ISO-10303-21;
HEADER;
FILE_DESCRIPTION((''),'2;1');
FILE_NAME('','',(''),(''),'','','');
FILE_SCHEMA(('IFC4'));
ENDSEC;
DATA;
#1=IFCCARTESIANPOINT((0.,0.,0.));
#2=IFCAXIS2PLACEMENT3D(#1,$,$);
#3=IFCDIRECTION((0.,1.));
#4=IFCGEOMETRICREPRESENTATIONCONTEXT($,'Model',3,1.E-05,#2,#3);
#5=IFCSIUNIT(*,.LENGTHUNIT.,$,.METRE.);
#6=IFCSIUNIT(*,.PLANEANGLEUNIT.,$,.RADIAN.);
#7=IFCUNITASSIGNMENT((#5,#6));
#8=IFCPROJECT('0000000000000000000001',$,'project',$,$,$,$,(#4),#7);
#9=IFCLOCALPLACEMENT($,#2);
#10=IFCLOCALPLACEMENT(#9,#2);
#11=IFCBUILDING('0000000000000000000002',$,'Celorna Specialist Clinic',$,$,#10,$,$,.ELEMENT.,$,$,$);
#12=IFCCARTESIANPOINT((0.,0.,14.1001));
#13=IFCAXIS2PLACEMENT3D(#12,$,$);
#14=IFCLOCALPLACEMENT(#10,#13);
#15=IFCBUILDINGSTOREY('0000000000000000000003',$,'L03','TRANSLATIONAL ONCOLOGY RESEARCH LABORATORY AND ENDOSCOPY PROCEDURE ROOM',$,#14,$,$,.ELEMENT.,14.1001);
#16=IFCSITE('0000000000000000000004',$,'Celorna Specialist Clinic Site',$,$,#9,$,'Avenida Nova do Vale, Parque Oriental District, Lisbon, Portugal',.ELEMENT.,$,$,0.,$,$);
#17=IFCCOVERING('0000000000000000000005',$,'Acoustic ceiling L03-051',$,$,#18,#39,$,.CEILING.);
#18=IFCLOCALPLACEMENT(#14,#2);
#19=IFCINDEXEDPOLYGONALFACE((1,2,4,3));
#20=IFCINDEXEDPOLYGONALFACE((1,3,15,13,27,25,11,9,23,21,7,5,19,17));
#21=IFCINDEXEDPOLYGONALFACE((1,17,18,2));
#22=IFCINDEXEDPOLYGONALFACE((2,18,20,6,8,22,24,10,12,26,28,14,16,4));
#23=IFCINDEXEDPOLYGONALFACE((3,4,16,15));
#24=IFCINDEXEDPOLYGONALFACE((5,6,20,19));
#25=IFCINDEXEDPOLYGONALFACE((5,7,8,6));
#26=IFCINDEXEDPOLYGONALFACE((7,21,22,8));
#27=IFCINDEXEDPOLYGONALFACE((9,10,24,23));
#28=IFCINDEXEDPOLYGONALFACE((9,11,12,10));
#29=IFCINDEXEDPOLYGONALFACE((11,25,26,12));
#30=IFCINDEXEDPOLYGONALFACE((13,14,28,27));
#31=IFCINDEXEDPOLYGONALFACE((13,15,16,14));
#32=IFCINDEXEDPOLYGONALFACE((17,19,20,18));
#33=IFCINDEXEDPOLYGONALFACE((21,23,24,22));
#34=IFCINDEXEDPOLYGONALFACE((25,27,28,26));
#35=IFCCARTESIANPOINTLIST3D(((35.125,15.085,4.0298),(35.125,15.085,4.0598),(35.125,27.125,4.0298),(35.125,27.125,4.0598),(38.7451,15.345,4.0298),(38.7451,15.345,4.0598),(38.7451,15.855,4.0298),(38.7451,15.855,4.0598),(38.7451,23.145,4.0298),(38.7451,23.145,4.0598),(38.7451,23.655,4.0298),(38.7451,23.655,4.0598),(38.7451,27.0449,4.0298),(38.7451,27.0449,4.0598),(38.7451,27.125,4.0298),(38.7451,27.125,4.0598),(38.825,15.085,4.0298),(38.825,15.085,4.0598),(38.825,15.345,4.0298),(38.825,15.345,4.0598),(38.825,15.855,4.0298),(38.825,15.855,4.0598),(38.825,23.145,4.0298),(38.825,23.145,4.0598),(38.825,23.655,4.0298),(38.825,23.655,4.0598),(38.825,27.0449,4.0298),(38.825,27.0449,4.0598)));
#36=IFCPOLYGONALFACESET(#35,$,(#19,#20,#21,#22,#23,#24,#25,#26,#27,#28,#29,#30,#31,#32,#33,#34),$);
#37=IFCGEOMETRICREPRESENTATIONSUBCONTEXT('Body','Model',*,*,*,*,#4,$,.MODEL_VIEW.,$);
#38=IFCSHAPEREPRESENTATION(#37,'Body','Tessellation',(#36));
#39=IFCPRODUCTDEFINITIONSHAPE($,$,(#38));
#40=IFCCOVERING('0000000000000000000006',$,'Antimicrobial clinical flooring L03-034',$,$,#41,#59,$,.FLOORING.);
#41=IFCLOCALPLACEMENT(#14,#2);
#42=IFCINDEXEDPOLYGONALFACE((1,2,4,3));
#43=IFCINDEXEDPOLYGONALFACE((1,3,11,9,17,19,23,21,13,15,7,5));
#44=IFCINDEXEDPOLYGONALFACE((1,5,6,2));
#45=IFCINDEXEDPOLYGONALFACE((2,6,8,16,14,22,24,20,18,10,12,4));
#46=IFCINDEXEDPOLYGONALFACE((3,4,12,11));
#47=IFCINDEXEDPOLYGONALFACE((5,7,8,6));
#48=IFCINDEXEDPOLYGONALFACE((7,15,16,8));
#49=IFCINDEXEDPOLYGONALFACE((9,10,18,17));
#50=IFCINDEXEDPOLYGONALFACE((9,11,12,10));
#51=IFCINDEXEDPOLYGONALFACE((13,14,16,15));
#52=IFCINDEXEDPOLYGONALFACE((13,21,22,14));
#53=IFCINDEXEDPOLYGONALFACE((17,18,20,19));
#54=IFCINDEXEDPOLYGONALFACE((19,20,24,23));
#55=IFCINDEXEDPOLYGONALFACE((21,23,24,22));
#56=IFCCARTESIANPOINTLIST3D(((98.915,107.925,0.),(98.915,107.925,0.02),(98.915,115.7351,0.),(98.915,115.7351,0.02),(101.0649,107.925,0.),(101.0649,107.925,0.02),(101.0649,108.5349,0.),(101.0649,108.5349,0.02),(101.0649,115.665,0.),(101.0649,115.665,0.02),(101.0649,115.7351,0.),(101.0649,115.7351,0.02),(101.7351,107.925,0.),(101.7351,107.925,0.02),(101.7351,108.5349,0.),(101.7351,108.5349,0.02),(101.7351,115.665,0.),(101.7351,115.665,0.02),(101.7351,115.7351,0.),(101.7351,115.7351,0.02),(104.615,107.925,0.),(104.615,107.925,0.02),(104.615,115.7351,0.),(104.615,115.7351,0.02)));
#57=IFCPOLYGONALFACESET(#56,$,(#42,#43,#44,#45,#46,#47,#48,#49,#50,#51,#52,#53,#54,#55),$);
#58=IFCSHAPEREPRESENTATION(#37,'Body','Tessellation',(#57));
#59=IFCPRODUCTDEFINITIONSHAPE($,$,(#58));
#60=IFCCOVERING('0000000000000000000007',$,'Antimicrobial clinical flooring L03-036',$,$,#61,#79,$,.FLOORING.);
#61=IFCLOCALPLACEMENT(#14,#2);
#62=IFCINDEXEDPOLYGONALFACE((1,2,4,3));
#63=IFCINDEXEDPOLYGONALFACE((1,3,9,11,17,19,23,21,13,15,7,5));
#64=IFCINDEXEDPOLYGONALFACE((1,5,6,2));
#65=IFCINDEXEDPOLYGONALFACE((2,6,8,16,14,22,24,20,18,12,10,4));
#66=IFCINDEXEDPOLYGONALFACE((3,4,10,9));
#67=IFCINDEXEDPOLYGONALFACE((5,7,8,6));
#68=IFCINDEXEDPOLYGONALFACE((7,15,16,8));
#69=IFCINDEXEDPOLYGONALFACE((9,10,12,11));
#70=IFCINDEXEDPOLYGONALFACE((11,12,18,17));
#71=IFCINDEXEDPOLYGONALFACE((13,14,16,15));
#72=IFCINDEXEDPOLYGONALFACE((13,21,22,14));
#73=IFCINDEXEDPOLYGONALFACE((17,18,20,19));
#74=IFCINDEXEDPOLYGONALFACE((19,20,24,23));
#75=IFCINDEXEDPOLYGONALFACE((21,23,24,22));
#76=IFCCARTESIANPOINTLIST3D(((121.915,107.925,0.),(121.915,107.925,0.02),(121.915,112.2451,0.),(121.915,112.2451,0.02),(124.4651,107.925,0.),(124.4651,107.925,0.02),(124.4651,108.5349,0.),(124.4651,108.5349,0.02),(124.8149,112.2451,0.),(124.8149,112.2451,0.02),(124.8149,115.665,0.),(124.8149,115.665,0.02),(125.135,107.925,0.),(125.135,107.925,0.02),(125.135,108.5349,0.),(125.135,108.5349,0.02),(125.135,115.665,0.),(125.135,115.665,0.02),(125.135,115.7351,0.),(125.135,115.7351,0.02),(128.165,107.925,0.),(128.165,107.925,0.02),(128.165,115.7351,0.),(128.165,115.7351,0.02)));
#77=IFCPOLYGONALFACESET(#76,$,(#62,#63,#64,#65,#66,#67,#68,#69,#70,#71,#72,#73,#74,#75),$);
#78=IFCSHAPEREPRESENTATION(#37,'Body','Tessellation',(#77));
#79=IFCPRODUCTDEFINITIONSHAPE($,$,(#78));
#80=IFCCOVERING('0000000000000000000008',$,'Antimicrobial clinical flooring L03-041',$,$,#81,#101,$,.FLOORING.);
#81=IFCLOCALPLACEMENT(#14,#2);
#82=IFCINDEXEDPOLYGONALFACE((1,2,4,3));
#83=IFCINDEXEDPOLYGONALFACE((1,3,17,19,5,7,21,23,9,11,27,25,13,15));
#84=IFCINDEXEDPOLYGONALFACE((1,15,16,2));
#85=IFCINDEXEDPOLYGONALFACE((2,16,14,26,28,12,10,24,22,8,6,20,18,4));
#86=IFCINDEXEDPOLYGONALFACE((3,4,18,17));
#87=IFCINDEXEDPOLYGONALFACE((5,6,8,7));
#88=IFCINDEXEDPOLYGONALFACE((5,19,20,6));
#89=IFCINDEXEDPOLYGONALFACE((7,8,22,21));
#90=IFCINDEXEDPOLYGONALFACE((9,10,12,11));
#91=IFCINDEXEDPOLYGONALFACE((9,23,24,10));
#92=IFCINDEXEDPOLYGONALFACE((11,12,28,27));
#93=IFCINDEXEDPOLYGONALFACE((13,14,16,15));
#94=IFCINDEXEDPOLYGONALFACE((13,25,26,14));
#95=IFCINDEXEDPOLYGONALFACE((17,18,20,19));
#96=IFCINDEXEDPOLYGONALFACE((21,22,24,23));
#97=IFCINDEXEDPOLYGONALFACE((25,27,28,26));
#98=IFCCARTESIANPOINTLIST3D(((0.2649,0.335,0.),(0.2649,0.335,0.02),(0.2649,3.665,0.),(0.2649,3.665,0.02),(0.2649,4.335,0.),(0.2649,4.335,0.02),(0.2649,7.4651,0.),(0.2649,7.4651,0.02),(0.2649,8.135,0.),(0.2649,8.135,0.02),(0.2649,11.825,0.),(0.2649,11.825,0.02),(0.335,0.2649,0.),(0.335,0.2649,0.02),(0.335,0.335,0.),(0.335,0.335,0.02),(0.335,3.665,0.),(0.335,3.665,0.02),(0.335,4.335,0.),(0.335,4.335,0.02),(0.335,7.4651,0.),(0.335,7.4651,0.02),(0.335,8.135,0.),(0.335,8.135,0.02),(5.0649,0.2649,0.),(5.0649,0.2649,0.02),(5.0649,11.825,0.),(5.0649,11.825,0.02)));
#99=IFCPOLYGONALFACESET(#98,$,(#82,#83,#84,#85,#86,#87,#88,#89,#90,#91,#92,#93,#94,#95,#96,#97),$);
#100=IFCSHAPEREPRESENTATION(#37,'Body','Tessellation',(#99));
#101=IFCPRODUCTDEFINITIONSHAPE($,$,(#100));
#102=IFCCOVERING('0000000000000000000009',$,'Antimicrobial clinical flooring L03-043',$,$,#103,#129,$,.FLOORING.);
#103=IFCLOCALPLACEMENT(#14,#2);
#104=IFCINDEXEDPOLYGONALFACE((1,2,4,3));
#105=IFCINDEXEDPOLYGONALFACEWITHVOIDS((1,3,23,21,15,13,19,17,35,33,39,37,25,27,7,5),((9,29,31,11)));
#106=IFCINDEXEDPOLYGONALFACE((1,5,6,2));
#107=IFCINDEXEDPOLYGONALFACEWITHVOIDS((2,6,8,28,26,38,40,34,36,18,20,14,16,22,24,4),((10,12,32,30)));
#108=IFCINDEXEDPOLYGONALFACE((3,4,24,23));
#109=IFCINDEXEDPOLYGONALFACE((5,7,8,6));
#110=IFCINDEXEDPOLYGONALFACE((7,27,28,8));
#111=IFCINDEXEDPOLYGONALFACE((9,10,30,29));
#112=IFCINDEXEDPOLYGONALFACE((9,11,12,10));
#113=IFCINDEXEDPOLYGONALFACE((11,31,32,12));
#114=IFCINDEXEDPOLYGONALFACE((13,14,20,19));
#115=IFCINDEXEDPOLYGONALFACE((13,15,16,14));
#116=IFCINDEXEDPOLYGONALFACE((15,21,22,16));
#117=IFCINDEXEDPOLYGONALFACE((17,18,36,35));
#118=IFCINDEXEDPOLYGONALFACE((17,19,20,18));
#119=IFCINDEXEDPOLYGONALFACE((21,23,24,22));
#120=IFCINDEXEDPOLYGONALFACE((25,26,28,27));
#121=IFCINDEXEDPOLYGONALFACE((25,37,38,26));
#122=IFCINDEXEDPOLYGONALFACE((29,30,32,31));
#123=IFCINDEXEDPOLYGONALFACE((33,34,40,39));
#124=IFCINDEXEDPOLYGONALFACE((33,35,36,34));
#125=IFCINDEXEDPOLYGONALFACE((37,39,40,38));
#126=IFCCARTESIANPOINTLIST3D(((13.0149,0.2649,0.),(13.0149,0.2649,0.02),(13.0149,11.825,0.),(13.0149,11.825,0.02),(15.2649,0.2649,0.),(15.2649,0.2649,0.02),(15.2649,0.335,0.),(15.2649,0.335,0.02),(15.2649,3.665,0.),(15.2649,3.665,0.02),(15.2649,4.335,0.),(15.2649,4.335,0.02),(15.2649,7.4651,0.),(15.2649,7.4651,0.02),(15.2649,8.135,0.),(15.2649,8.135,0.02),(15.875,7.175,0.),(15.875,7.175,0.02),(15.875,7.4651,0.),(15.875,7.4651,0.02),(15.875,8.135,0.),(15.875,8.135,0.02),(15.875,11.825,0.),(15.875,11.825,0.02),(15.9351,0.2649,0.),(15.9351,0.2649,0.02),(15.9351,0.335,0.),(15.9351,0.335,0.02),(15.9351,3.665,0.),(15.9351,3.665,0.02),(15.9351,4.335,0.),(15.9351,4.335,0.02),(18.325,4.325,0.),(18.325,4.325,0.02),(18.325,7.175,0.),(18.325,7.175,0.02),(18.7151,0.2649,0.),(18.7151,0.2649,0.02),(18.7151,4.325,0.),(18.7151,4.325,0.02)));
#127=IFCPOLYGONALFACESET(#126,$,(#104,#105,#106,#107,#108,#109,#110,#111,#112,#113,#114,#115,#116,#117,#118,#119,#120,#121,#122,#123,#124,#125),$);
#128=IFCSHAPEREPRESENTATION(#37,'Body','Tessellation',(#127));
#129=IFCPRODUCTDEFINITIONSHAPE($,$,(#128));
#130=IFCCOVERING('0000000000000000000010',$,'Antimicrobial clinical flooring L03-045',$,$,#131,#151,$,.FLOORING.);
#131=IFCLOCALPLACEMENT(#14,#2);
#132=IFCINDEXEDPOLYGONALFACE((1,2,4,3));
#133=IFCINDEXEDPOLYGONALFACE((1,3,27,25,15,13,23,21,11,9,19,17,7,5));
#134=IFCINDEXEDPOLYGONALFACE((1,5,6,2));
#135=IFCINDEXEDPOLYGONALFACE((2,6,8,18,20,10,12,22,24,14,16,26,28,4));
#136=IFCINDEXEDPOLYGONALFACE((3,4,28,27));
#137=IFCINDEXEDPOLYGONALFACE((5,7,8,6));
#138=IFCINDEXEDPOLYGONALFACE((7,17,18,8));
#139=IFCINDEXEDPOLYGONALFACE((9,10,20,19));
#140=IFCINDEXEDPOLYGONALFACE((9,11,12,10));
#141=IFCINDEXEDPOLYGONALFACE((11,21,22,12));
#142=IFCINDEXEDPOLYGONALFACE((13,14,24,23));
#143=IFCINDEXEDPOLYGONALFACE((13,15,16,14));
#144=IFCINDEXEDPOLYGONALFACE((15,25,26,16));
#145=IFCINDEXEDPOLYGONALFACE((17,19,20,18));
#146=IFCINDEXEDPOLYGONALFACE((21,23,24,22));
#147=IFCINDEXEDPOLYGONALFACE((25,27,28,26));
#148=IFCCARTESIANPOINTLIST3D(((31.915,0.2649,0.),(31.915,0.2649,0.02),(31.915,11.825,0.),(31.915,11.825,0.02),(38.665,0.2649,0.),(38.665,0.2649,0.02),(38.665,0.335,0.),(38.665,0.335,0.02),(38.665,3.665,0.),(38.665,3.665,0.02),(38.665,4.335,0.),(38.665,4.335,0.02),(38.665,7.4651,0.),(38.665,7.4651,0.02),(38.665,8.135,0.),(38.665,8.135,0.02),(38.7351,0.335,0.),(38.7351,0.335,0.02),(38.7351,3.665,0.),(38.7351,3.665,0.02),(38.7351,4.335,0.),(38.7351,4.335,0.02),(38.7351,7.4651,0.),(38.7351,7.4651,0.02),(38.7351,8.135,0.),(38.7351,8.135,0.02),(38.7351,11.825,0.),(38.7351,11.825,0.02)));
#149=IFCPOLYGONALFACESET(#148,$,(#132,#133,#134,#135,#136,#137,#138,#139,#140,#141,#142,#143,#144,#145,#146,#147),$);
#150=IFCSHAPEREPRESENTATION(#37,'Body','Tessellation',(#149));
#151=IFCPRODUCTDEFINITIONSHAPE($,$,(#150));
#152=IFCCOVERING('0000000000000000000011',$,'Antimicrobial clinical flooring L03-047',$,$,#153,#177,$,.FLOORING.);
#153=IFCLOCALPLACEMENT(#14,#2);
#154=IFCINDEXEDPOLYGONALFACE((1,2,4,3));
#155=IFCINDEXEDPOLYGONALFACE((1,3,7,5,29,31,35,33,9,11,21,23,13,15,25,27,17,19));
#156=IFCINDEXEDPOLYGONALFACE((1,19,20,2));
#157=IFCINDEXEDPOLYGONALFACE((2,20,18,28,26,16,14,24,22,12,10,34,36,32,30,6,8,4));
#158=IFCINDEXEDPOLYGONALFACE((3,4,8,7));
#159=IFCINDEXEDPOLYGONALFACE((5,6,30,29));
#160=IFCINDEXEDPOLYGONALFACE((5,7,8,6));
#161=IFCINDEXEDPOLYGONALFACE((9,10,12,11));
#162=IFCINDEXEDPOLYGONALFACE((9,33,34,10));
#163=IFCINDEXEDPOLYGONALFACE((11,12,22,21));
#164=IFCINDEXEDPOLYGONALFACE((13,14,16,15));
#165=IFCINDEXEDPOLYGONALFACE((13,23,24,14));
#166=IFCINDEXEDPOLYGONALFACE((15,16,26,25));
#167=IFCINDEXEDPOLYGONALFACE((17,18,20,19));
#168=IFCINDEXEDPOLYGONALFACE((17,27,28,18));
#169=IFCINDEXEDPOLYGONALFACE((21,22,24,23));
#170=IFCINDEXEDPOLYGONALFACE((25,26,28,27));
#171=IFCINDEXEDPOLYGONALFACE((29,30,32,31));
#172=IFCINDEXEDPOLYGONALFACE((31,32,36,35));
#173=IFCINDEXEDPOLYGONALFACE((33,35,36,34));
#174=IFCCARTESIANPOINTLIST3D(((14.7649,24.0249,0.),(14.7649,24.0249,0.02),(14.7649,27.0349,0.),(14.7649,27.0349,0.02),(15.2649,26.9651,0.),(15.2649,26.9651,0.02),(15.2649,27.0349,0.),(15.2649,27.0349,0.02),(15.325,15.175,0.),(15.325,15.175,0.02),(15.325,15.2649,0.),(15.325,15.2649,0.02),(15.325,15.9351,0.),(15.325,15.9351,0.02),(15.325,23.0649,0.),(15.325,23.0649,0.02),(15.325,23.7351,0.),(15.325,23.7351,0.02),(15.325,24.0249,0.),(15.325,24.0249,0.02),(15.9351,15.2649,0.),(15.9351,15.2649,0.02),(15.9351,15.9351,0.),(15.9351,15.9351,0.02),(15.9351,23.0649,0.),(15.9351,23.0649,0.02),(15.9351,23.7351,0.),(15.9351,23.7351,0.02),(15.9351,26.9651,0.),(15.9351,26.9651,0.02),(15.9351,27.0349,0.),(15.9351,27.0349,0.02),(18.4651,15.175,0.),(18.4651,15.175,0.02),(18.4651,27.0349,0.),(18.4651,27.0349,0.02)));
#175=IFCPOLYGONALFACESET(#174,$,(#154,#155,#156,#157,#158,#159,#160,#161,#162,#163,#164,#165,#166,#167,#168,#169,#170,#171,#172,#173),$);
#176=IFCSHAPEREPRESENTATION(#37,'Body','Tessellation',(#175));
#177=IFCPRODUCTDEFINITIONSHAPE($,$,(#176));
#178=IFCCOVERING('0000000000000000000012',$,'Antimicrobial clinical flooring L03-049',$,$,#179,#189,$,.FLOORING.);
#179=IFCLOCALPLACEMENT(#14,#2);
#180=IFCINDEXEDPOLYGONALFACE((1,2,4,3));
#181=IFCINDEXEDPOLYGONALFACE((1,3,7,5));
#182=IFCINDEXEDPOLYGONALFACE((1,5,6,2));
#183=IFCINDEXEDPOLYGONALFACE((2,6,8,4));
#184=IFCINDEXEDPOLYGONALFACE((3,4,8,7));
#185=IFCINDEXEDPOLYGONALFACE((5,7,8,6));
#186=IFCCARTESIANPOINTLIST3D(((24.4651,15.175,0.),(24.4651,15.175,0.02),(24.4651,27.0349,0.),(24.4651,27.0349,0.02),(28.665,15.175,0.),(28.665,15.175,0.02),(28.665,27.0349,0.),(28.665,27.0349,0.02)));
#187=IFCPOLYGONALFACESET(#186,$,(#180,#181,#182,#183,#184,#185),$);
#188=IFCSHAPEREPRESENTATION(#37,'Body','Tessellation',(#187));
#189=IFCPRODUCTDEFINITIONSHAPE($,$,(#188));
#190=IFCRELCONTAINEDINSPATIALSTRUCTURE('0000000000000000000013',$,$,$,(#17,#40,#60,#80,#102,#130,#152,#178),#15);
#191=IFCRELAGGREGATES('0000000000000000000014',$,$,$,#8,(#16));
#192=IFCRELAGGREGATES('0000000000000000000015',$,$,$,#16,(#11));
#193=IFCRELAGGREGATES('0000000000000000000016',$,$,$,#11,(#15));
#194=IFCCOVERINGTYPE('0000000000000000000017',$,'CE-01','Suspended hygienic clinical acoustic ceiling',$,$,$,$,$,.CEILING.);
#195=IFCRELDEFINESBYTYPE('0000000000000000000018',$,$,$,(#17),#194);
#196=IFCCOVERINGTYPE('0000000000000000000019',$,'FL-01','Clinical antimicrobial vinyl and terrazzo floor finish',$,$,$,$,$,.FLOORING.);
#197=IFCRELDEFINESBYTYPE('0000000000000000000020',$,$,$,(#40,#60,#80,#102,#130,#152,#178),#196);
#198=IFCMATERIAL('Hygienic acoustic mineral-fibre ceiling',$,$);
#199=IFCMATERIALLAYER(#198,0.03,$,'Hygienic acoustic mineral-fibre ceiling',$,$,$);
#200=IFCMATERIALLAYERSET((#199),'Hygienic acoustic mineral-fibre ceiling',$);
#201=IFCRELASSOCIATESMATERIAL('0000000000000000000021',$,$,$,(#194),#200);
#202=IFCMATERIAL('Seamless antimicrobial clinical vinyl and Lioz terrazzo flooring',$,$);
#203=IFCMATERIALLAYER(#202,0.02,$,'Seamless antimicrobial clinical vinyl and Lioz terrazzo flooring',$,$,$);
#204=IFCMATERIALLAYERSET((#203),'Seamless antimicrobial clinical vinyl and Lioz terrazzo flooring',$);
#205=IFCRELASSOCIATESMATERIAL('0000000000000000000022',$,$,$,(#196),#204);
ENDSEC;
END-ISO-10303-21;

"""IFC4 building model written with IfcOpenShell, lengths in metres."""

from ifc_helpers import new_model, si_unit, direction, frame, origin, place, context, subcontext, project, spatial, polyline, outline, extrude, material, layer, layer_set, type_object, element, save


model = new_model("IFC4")

# Units and contexts
model_context = context("Model", 3, precision=1e-05, world=origin(), true_north=direction((0.0, 1.0)))
body_context = subcontext(model_context, "Body", "Model", "MODEL_VIEW")
ifc_project = project(units=[si_unit("LENGTHUNIT", "METRE"), si_unit("PLANEANGLEUNIT", "RADIAN")], contexts=[model_context])

# Site, building, storey
site_placement = place(None, origin())
site = spatial("IfcSite", under=ifc_project, at=site_placement, Name="Celorna Specialist Clinic Site", LongName="Avenida Nova do Vale, Parque Oriental District, Lisbon, Portugal", CompositionType="ELEMENT", RefElevation=0.0)
building_placement = place(site_placement, origin())
building = spatial("IfcBuilding", under=site, at=building_placement, Name="Celorna Specialist Clinic", CompositionType="ELEMENT")
storey_placement = place(building_placement, frame((0.0, 0.0, 14.1001)))
storey = spatial("IfcBuildingStorey", under=building, at=storey_placement, Name="L03", Description="TRANSLATIONAL ONCOLOGY RESEARCH LABORATORY AND ENDOSCOPY PROCEDURE ROOM", CompositionType="ELEMENT", Elevation=14.1001)

# Coverings
ifc_material_1 = material(Name="Hygienic acoustic mineral-fibre ceiling")
ifc_layer_1 = layer(ifc_material_1, 0.03, Name="Hygienic acoustic mineral-fibre ceiling")
ifc_layer_set_1 = layer_set([ifc_layer_1], Name="Hygienic acoustic mineral-fibre ceiling")
covering_type_1 = type_object("IfcCoveringType", Name="CE-01", Description="Suspended hygienic clinical acoustic ceiling", PredefinedType="CEILING", material=ifc_layer_set_1)
covering_1_placement = place(storey_placement, frame((0.0, 0.0, 4.0298)))
element("IfcCovering", 1, at=covering_1_placement, inside=storey, type_object=covering_type_1, Name="Acoustic ceiling L03-051", PredefinedType="CEILING", context=body_context, shape_type="SweptSolid", body=[
    extrude(outline(polyline([(38.7451, 27.125), (38.7451, 27.0449), (38.825, 27.0449), (38.825, 23.655), (38.7451, 23.655), (38.7451, 23.145), (38.825, 23.145), (38.825, 15.855), (38.7451, 15.855), (38.7451, 15.345), (38.825, 15.345), (38.825, 15.085), (35.125, 15.085), (35.125, 27.125), (38.7451, 27.125)])), origin(), (0.0, 0.0, 1.0), 0.03),
])
ifc_material_2 = material(Name="Seamless antimicrobial clinical vinyl and Lioz terrazzo flooring")
ifc_layer_2 = layer(ifc_material_2, 0.02, Name="Seamless antimicrobial clinical vinyl and Lioz terrazzo flooring")
ifc_layer_set_2 = layer_set([ifc_layer_2], Name="Seamless antimicrobial clinical vinyl and Lioz terrazzo flooring")
covering_type_2 = type_object("IfcCoveringType", Name="FL-01", Description="Clinical antimicrobial vinyl and terrazzo floor finish", PredefinedType="FLOORING", material=ifc_layer_set_2)
covering_2_placement = place(storey_placement, origin())
element("IfcCovering", 2, at=covering_2_placement, inside=storey, type_object=covering_type_2, Name="Antimicrobial clinical flooring L03-034", PredefinedType="FLOORING", context=body_context, shape_type="SweptSolid", body=[
    extrude(outline(polyline([(98.915, 115.7351), (101.0649, 115.7351), (101.0649, 115.665), (101.7351, 115.665), (101.7351, 115.7351), (104.615, 115.7351), (104.615, 107.925), (101.7351, 107.925), (101.7351, 108.5349), (101.0649, 108.5349), (101.0649, 107.925), (98.915, 107.925), (98.915, 115.7351)])), origin(), (0.0, 0.0, 1.0), 0.02),
])
covering_3_placement = place(storey_placement, origin())
element("IfcCovering", 3, at=covering_3_placement, inside=storey, type_object=covering_type_2, Name="Antimicrobial clinical flooring L03-036", PredefinedType="FLOORING", context=body_context, shape_type="SweptSolid", body=[
    extrude(outline(polyline([(124.4651, 107.925), (121.915, 107.925), (121.915, 112.2451), (124.8149, 112.2451), (124.8149, 115.665), (125.135, 115.665), (125.135, 115.7351), (128.165, 115.7351), (128.165, 107.925), (125.135, 107.925), (125.135, 108.5349), (124.4651, 108.5349), (124.4651, 107.925)])), origin(), (0.0, 0.0, 1.0), 0.02),
])
covering_4_placement = place(storey_placement, origin())
element("IfcCovering", 4, at=covering_4_placement, inside=storey, type_object=covering_type_2, Name="Antimicrobial clinical flooring L03-041", PredefinedType="FLOORING", context=body_context, shape_type="SweptSolid", body=[
    extrude(outline(polyline([(0.335, 0.2649), (0.335, 0.335), (0.2649, 0.335), (0.2649, 3.665), (0.335, 3.665), (0.335, 4.335), (0.2649, 4.335), (0.2649, 7.4651), (0.335, 7.4651), (0.335, 8.135), (0.2649, 8.135), (0.2649, 11.825), (5.0649, 11.825), (5.0649, 0.2649), (0.335, 0.2649)])), origin(), (0.0, 0.0, 1.0), 0.02),
])
covering_5_placement = place(storey_placement, origin())
element("IfcCovering", 5, at=covering_5_placement, inside=storey, type_object=covering_type_2, Name="Antimicrobial clinical flooring L03-043", PredefinedType="FLOORING", context=body_context, shape_type="SweptSolid", body=[
    extrude(outline(polyline([(15.2649, 0.2649), (13.0149, 0.2649), (13.0149, 11.825), (15.875, 11.825), (15.875, 8.135), (15.2649, 8.135), (15.2649, 7.4651), (15.875, 7.4651), (15.875, 7.175), (18.325, 7.175), (18.325, 4.325), (18.7151, 4.325), (18.7151, 0.2649), (15.9351, 0.2649), (15.9351, 0.335), (15.2649, 0.335), (15.2649, 0.2649)]), holes=[polyline([(15.9351, 4.335), (15.2649, 4.335), (15.2649, 3.665), (15.9351, 3.665), (15.9351, 4.335)])]), origin(), (0.0, 0.0, 1.0), 0.02),
])
covering_6_placement = place(storey_placement, origin())
element("IfcCovering", 6, at=covering_6_placement, inside=storey, type_object=covering_type_2, Name="Antimicrobial clinical flooring L03-045", PredefinedType="FLOORING", context=body_context, shape_type="SweptSolid", body=[
    extrude(outline(polyline([(31.915, 11.825), (38.7351, 11.825), (38.7351, 8.135), (38.665, 8.135), (38.665, 7.4651), (38.7351, 7.4651), (38.7351, 4.335), (38.665, 4.335), (38.665, 3.665), (38.7351, 3.665), (38.7351, 0.335), (38.665, 0.335), (38.665, 0.2649), (31.915, 0.2649), (31.915, 11.825)])), origin(), (0.0, 0.0, 1.0), 0.02),
])
covering_7_placement = place(storey_placement, origin())
element("IfcCovering", 7, at=covering_7_placement, inside=storey, type_object=covering_type_2, Name="Antimicrobial clinical flooring L03-047", PredefinedType="FLOORING", context=body_context, shape_type="SweptSolid", body=[
    extrude(outline(polyline([(15.325, 15.2649), (15.9351, 15.2649), (15.9351, 15.9351), (15.325, 15.9351), (15.325, 23.0649), (15.9351, 23.0649), (15.9351, 23.7351), (15.325, 23.7351), (15.325, 24.0249), (14.7649, 24.0249), (14.7649, 27.0349), (15.2649, 27.0349), (15.2649, 26.9651), (15.9351, 26.9651), (15.9351, 27.0349), (18.4651, 27.0349), (18.4651, 15.175), (15.325, 15.175), (15.325, 15.2649)])), origin(), (0.0, 0.0, 1.0), 0.02),
])
covering_8_placement = place(storey_placement, origin())
element("IfcCovering", 8, at=covering_8_placement, inside=storey, type_object=covering_type_2, Name="Antimicrobial clinical flooring L03-049", PredefinedType="FLOORING", context=body_context, shape_type="SweptSolid", body=[
    extrude(outline(polyline([(24.4651, 27.0349), (28.665, 27.0349), (28.665, 15.175), (24.4651, 15.175), (24.4651, 27.0349)])), origin(), (0.0, 0.0, 1.0), 0.02),
])

save(model, "model.ifc")
